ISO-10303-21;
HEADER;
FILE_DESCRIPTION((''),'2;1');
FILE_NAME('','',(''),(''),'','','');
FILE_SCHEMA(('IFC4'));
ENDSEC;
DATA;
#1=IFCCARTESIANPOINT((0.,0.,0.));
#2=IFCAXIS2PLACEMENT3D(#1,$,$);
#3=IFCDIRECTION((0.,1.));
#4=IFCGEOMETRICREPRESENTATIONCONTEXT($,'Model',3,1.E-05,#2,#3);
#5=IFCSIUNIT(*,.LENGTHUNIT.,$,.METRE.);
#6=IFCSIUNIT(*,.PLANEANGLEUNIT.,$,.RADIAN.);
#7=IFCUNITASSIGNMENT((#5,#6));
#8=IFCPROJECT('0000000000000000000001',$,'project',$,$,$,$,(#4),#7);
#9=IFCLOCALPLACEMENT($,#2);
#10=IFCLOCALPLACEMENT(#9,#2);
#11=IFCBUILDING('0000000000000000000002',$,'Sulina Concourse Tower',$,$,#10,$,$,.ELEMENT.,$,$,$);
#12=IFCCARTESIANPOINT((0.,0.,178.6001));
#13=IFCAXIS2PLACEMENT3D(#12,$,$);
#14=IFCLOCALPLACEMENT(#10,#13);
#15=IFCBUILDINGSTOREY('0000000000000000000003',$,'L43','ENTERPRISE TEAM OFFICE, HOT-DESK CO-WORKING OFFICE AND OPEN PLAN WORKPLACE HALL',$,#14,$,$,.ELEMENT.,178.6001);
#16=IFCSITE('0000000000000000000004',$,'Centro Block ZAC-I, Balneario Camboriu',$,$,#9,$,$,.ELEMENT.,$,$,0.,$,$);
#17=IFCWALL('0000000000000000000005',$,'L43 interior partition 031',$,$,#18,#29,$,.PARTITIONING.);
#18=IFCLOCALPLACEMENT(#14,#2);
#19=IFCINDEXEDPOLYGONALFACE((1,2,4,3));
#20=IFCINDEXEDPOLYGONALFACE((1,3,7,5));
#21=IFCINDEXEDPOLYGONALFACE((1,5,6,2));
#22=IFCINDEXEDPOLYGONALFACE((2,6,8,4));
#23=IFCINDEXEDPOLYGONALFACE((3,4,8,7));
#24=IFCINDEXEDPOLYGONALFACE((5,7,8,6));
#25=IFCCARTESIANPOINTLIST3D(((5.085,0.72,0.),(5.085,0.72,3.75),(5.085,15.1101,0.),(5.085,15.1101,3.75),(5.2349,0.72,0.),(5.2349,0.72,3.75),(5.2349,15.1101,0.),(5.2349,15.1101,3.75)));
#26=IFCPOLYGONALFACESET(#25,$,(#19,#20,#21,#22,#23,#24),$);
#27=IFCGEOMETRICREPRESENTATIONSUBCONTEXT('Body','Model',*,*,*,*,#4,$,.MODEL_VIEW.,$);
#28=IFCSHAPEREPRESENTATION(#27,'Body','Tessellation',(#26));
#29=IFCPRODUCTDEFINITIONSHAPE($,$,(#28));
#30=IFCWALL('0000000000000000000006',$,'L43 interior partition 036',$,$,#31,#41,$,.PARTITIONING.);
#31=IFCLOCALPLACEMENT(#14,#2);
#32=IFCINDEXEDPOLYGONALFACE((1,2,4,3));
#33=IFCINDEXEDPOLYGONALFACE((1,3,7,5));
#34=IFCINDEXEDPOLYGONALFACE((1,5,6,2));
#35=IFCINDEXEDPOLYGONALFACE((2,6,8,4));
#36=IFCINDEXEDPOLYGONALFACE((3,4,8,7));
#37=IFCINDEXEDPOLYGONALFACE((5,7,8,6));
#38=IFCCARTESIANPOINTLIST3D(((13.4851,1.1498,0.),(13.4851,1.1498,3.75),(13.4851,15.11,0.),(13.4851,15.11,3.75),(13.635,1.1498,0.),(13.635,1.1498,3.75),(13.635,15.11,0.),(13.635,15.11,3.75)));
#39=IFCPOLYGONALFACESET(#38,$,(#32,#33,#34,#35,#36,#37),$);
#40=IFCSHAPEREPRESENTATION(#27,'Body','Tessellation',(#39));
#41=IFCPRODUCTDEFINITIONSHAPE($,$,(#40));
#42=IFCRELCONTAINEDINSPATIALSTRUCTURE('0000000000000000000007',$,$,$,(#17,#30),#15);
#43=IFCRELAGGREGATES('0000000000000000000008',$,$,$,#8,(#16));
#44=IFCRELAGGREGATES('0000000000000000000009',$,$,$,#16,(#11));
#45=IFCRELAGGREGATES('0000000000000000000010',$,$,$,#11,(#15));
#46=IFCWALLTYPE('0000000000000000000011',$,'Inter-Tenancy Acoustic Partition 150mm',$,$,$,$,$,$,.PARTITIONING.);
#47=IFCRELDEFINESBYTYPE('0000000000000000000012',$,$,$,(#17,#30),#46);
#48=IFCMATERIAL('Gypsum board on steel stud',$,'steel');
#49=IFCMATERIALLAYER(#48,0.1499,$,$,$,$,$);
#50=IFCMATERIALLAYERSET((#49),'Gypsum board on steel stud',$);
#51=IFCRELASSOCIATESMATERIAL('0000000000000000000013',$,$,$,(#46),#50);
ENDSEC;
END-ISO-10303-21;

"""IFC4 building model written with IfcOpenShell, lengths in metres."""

from ifc_helpers import new_model, si_unit, direction, frame, frame_2d, origin, place, context, subcontext, project, spatial, rectangle, extrude, material, layer, layer_set, type_object, element, save


model = new_model("IFC4")

# Units and contexts
model_context = context("Model", 3, precision=1e-05, world=origin(), true_north=direction((0.0, 1.0)))
body_context = subcontext(model_context, "Body", "Model", "MODEL_VIEW")
ifc_project = project(units=[si_unit("LENGTHUNIT", "METRE"), si_unit("PLANEANGLEUNIT", "RADIAN")], contexts=[model_context])

# Site, building, storey
site_placement = place(None, origin())
site = spatial("IfcSite", under=ifc_project, at=site_placement, Name="Centro Block ZAC-I, Balneario Camboriu", CompositionType="ELEMENT", RefElevation=0.0)
building_placement = place(site_placement, origin())
building = spatial("IfcBuilding", under=site, at=building_placement, Name="Sulina Concourse Tower", CompositionType="ELEMENT")
storey_placement = place(building_placement, frame((0.0, 0.0, 178.6001)))
storey = spatial("IfcBuildingStorey", under=building, at=storey_placement, Name="L43", Description="ENTERPRISE TEAM OFFICE, HOT-DESK CO-WORKING OFFICE AND OPEN PLAN WORKPLACE HALL", CompositionType="ELEMENT", Elevation=178.6001)

# Walls
ifc_material_1 = material(Name="Gypsum board on steel stud", Category="steel")
ifc_layer_1 = layer(ifc_material_1, 0.1499)
ifc_layer_set_1 = layer_set([ifc_layer_1], Name="Gypsum board on steel stud")
wall_type_1 = type_object("IfcWallType", Name="Inter-Tenancy Acoustic Partition 150mm", PredefinedType="PARTITIONING", material=ifc_layer_set_1)
wall_1_placement = place(storey_placement, frame((5.1599, 0.72, 0.0), z_axis=(0.0, 0.0, 1.0), x_axis=(0.0, 1.0, 0.0)))
element("IfcWall", 1, at=wall_1_placement, inside=storey, type_object=wall_type_1, Name="L43 interior partition 031", PredefinedType="PARTITIONING", context=body_context, shape_type="SweptSolid", body=[
    extrude(rectangle(XDim=14.3901, YDim=0.1499, at=frame_2d((7.1951, 0.0))), origin(), (0.0, 0.0, 1.0), 3.75),
])
wall_2_placement = place(storey_placement, frame((13.5601, 1.1499, 0.0), z_axis=(0.0, 0.0, 1.0), x_axis=(0.0, 1.0, 0.0)))
element("IfcWall", 2, at=wall_2_placement, inside=storey, type_object=wall_type_1, Name="L43 interior partition 036", PredefinedType="PARTITIONING", context=body_context, shape_type="SweptSolid", body=[
    extrude(rectangle(XDim=13.9602, YDim=0.1499, at=frame_2d((6.98, 0.0))), origin(), (0.0, 0.0, 1.0), 3.75),
])

save(model, "model.ifc")
